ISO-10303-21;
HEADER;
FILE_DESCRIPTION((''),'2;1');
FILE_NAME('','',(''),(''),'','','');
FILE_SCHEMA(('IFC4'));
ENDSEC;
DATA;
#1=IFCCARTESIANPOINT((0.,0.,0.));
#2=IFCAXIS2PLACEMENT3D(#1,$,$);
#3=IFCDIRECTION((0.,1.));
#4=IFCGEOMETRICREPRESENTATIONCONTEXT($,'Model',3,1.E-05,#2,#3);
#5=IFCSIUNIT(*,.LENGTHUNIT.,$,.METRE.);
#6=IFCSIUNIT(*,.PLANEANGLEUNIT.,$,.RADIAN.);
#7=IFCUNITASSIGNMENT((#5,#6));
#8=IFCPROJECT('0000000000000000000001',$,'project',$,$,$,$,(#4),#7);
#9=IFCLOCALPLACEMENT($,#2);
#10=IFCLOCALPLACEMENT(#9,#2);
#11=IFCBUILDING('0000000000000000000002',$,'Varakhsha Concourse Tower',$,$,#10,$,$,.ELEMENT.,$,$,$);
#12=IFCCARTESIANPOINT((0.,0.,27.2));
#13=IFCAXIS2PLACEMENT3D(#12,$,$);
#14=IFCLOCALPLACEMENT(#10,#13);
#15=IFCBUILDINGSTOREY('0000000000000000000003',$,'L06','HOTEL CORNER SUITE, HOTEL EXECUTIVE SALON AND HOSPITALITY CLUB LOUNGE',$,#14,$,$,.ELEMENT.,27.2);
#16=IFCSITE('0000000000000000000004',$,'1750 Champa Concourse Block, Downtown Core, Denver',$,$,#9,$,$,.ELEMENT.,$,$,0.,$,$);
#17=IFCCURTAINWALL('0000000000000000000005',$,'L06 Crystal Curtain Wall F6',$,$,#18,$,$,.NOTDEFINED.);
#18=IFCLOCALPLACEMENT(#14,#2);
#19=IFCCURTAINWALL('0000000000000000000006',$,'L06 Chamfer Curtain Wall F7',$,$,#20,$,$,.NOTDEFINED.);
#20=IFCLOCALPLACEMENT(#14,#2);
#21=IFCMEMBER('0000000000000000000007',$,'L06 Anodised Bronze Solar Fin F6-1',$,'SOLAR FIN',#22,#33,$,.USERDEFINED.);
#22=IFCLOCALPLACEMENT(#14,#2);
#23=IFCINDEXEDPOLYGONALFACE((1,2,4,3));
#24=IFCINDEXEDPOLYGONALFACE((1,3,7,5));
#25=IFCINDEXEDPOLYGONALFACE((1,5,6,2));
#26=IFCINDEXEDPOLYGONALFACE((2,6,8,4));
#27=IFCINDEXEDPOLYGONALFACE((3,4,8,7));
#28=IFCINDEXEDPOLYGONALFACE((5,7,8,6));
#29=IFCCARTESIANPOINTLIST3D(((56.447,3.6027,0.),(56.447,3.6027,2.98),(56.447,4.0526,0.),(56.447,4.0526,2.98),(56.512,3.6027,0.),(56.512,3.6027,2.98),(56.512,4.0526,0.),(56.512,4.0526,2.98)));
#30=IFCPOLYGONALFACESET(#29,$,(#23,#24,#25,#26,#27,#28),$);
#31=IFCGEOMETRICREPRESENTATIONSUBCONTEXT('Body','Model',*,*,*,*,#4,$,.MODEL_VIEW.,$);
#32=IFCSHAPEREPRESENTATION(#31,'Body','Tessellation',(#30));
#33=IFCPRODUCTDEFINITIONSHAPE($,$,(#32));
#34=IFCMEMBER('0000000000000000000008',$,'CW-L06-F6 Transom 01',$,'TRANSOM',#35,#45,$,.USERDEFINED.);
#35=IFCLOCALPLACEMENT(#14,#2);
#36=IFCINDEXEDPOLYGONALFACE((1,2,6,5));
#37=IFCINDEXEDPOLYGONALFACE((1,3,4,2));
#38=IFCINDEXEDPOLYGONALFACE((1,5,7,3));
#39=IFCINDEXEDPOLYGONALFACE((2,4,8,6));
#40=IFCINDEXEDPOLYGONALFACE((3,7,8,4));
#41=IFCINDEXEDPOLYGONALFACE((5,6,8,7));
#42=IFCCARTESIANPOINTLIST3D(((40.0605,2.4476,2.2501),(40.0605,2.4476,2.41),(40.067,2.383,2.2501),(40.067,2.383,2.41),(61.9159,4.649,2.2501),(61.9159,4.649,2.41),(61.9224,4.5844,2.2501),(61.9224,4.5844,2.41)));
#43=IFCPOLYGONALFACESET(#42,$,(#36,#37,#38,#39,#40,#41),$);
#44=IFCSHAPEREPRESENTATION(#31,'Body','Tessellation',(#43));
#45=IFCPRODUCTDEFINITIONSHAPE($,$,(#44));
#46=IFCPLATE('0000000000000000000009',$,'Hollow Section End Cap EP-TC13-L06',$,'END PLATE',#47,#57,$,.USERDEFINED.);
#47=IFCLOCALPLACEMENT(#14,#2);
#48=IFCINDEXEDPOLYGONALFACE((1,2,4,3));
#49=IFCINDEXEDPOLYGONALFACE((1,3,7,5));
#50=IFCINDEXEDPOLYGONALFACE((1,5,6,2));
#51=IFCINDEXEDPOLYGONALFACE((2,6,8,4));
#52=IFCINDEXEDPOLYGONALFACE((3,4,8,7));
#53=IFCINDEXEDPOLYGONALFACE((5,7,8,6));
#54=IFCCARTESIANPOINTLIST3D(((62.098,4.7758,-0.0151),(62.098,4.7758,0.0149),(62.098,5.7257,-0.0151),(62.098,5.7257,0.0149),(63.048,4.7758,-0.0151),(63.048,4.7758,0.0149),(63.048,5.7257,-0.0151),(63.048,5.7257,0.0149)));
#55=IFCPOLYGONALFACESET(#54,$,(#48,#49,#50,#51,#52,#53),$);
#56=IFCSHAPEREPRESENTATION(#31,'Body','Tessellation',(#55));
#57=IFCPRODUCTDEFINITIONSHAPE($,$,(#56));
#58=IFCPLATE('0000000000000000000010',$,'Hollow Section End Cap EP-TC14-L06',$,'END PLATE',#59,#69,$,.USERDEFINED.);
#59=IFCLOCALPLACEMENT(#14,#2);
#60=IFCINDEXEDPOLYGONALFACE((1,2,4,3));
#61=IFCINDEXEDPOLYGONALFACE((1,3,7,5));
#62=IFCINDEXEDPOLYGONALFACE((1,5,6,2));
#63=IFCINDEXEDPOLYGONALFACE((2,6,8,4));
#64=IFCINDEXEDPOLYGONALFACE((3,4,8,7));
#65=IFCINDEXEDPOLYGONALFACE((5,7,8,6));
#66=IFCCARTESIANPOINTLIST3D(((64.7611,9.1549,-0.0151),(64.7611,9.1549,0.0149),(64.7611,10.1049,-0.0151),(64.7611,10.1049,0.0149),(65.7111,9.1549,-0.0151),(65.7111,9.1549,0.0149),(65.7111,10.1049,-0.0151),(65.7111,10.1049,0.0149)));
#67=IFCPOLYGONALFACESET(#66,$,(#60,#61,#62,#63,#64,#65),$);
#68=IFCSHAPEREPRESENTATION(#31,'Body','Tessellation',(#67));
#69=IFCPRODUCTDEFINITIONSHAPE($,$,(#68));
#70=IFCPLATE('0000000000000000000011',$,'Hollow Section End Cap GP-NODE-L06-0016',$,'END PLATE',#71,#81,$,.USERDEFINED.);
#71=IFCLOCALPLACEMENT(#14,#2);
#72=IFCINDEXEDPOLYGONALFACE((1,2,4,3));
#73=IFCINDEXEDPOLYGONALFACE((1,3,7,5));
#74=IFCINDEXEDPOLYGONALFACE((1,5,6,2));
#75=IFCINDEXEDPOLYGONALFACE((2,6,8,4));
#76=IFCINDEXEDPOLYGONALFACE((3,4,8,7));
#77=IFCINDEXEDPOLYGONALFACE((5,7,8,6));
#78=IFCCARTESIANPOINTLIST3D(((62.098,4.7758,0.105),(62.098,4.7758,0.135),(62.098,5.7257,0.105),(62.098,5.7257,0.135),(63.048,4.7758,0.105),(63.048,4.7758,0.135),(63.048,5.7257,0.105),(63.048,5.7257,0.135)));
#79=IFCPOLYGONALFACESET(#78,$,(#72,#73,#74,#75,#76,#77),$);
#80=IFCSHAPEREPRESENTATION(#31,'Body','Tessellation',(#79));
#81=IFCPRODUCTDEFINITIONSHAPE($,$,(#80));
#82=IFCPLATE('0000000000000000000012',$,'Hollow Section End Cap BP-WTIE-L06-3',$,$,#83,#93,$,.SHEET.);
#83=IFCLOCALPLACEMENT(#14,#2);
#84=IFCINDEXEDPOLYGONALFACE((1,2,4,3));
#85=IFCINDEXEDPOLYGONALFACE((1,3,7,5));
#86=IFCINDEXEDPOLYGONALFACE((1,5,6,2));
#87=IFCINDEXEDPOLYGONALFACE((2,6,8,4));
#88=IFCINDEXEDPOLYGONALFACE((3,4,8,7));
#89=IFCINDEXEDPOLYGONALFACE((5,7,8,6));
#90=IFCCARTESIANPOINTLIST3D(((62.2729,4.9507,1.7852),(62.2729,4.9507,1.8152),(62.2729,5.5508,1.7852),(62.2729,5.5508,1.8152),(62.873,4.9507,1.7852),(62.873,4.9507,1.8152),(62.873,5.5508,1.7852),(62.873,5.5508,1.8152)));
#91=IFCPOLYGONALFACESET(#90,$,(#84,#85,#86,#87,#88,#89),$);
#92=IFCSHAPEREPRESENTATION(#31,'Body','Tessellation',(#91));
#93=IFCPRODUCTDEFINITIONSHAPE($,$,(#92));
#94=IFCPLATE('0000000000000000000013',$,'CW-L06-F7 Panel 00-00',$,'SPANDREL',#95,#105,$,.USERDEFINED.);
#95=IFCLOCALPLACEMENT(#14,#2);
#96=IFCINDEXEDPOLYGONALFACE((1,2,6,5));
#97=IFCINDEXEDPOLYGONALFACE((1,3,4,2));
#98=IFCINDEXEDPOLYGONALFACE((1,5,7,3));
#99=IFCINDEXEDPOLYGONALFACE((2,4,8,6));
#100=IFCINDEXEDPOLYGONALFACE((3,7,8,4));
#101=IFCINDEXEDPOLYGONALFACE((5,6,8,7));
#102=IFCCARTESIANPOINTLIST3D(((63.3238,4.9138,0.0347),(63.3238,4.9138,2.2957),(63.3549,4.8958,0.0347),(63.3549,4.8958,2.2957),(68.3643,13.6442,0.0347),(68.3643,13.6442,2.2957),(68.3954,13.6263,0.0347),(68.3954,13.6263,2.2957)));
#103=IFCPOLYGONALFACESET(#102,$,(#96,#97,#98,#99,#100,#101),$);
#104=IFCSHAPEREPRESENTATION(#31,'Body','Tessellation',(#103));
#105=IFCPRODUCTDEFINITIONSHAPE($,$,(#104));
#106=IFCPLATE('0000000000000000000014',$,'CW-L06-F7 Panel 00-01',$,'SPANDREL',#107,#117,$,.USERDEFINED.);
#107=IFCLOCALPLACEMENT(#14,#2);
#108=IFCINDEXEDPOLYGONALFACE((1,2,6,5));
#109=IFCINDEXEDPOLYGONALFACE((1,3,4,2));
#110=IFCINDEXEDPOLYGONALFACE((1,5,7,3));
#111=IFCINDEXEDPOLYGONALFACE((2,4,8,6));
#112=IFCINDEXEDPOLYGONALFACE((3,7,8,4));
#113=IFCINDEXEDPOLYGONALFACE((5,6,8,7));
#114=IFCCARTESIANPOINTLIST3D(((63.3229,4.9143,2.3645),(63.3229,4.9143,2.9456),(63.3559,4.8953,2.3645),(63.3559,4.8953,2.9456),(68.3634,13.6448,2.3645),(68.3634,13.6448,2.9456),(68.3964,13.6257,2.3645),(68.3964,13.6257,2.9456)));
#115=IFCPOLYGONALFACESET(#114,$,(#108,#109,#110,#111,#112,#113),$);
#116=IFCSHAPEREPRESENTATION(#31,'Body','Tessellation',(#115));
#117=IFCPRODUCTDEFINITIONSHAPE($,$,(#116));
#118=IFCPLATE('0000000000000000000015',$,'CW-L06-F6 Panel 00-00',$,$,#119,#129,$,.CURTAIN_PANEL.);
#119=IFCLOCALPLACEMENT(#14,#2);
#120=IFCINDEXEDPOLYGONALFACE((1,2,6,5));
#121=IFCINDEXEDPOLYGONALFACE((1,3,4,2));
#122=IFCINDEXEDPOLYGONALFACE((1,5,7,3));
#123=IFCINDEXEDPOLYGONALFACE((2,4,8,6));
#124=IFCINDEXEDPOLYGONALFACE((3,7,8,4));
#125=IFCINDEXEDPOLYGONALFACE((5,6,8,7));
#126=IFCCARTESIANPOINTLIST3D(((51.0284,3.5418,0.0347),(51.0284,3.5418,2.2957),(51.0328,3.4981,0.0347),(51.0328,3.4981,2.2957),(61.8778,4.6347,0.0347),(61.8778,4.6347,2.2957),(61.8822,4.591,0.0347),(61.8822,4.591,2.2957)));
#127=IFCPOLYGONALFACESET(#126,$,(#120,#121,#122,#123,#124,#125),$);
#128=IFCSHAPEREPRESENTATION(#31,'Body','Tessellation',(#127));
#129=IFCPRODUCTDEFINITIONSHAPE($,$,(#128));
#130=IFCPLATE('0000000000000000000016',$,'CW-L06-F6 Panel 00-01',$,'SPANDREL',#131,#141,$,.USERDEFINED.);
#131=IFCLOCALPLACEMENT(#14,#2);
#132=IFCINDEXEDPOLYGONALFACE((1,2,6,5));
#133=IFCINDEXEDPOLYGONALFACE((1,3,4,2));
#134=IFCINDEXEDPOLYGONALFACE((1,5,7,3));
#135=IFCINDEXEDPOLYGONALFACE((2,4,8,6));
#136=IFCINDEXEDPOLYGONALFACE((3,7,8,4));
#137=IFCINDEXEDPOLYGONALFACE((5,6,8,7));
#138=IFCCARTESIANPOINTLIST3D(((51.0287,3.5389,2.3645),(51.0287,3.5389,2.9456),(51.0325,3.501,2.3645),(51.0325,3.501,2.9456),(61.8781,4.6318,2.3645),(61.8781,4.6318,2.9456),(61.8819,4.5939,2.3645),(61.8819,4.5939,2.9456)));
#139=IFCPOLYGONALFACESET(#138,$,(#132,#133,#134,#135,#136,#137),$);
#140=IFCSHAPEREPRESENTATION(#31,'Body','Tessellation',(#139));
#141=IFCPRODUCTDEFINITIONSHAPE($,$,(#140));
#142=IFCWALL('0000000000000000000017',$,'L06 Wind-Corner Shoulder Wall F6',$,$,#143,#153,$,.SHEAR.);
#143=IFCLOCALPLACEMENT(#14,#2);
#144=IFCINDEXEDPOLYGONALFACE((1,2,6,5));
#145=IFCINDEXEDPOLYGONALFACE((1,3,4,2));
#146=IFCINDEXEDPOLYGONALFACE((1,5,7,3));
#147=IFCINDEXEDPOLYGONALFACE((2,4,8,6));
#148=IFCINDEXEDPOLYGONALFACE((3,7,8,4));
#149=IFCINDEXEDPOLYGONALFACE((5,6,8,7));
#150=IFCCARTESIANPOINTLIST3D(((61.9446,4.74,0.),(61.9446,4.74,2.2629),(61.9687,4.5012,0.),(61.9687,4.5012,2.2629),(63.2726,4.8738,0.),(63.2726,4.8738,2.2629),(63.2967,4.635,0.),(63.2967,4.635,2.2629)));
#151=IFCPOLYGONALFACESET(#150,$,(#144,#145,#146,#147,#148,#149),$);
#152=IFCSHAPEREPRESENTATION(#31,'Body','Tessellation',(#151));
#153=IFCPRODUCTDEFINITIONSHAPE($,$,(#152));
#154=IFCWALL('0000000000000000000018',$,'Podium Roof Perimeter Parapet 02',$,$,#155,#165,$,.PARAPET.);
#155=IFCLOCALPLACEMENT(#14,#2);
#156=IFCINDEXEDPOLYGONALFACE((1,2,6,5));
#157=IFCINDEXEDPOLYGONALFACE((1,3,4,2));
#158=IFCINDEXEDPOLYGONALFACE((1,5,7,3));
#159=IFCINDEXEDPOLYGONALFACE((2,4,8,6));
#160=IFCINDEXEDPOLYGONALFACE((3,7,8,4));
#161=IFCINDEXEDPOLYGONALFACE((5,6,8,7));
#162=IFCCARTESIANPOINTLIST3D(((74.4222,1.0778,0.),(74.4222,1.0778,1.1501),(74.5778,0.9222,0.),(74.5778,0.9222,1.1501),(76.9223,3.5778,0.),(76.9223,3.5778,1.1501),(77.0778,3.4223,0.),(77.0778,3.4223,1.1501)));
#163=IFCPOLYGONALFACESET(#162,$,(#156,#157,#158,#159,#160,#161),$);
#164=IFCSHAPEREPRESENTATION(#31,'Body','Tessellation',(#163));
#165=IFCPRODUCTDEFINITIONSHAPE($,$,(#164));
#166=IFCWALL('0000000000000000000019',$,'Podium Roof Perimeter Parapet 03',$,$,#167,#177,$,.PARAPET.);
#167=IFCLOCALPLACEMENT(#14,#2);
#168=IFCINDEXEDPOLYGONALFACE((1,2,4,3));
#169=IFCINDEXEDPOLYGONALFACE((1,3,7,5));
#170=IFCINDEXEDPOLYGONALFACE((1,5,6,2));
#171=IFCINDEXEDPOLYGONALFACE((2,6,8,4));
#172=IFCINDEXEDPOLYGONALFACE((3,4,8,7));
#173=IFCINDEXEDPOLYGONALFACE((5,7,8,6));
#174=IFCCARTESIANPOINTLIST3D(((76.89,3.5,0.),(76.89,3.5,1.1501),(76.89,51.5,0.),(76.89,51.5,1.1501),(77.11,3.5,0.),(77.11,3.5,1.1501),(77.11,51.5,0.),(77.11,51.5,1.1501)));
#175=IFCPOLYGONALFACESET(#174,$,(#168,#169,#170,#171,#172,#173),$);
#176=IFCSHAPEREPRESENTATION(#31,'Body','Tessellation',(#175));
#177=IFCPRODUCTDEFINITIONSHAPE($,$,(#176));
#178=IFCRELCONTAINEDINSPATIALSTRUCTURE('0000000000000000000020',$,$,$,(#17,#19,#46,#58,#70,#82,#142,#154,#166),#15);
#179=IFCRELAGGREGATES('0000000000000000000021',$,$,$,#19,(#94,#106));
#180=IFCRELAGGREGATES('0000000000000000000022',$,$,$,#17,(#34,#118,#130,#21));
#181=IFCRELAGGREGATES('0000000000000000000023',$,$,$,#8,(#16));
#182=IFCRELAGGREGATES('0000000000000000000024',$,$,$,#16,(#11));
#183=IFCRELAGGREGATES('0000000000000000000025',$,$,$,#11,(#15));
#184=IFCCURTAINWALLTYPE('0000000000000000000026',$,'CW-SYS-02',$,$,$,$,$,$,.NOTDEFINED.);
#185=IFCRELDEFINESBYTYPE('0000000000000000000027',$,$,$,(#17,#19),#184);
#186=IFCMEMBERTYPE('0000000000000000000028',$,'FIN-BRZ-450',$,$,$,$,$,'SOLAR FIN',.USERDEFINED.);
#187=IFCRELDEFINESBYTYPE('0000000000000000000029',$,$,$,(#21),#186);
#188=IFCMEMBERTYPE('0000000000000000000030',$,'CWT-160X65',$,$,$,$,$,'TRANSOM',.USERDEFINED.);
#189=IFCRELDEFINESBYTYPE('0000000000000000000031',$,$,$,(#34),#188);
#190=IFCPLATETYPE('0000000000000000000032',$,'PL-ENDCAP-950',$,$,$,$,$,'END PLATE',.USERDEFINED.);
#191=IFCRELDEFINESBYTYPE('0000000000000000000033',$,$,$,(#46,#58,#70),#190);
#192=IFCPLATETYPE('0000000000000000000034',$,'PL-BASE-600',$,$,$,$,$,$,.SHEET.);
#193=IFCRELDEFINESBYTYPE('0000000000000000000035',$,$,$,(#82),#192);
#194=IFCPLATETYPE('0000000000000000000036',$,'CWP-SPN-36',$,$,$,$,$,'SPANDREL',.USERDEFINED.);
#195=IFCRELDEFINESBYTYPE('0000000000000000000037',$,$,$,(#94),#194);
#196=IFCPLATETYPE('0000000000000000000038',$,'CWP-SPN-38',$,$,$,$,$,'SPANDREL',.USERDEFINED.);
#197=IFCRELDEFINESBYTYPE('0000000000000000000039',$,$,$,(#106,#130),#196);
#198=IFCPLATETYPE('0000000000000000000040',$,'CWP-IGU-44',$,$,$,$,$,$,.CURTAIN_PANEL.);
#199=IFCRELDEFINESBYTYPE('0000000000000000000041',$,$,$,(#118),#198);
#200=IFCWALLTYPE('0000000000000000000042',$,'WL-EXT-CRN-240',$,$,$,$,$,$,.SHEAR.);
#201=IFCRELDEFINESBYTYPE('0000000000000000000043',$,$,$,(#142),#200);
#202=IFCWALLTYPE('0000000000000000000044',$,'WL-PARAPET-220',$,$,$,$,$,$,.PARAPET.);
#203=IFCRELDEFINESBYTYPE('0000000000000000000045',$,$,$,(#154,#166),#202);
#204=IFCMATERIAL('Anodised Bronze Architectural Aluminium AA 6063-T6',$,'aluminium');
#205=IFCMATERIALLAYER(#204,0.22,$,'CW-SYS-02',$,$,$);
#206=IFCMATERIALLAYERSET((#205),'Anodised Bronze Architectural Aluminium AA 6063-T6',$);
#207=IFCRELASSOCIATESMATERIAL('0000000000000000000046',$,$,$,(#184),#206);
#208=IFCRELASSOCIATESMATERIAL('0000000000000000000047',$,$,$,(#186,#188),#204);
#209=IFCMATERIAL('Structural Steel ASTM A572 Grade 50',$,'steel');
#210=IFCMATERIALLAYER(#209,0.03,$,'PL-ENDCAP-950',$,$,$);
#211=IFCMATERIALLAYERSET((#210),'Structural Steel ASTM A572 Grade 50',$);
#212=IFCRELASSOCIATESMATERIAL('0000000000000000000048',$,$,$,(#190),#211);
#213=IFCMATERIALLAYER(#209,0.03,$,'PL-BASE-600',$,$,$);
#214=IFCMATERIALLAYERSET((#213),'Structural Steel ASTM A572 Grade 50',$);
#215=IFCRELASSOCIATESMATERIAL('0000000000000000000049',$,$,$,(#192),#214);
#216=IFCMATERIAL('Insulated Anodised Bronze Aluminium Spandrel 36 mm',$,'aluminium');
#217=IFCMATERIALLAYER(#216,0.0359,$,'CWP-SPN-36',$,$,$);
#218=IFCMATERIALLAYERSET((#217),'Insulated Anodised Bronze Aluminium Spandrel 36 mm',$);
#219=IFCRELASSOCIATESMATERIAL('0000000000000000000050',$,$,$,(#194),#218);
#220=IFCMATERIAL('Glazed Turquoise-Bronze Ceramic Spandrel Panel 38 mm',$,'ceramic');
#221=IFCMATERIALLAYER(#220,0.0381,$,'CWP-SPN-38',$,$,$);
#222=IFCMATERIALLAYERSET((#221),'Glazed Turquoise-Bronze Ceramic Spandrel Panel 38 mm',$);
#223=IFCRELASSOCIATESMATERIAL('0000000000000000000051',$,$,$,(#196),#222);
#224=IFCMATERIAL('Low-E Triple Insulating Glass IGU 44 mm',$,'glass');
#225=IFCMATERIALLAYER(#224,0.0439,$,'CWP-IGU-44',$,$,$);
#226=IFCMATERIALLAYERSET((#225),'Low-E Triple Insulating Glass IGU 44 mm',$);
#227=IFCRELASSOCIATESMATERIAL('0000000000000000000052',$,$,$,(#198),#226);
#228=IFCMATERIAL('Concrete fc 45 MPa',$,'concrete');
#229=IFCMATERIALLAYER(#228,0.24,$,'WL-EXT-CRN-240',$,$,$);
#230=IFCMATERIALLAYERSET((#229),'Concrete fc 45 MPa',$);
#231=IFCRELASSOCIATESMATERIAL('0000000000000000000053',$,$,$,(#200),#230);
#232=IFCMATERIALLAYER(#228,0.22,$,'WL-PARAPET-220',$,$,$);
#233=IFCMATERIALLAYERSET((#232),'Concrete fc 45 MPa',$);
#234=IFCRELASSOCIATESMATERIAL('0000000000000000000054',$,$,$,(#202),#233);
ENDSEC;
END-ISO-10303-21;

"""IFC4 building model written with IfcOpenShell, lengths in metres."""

from ifc_helpers import new_model, si_unit, direction, frame, frame_2d, origin, origin_2d, place, context, subcontext, project, spatial, rectangle, extrude, source, transform, mapped, material, layer, layer_set, material_profile, profile_set, type_object, type_shapes, element, aggregate, save


model = new_model("IFC4")

# Units and contexts
model_context = context("Model", 3, precision=1e-05, world=origin(), true_north=direction((0.0, 1.0)))
body_context = subcontext(model_context, "Body", "Model", "MODEL_VIEW")
ifc_project = project(units=[si_unit("LENGTHUNIT", "METRE"), si_unit("PLANEANGLEUNIT", "RADIAN")], contexts=[model_context])

# Site, building, storey
site_placement = place(None, origin())
site = spatial("IfcSite", under=ifc_project, at=site_placement, Name="1750 Champa Concourse Block, Downtown Core, Denver", CompositionType="ELEMENT", RefElevation=0.0)
building_placement = place(site_placement, origin())
building = spatial("IfcBuilding", under=site, at=building_placement, Name="Varakhsha Concourse Tower", CompositionType="ELEMENT")
storey_placement = place(building_placement, frame((0.0, 0.0, 27.2)))
storey = spatial("IfcBuildingStorey", under=building, at=storey_placement, Name="L06", Description="HOTEL CORNER SUITE, HOTEL EXECUTIVE SALON AND HOSPITALITY CLUB LOUNGE", CompositionType="ELEMENT", Elevation=27.2)

# Shared definitions
ifc_material_1 = material(Name="Structural Steel ASTM A572 Grade 50", Category="steel")

# Curtain walls
ifc_material_2 = material(Name="Anodised Bronze Architectural Aluminium AA 6063-T6", Category="aluminium")
ifc_layer_1 = layer(ifc_material_2, 0.22, Name="CW-SYS-02")
ifc_layer_set_1 = layer_set([ifc_layer_1], Name="Anodised Bronze Architectural Aluminium AA 6063-T6")
curtain_wall_type = type_object("IfcCurtainWallType", Name="CW-SYS-02", PredefinedType="NOTDEFINED", material=ifc_layer_set_1)
curtain_wall_1_placement = place(storey_placement, origin())
curtain_wall_1 = element("IfcCurtainWall", 1, at=curtain_wall_1_placement, inside=storey, type_object=curtain_wall_type, Name="L06 Crystal Curtain Wall F6", PredefinedType="NOTDEFINED")
curtain_wall_2_placement = place(storey_placement, origin())
curtain_wall_2 = element("IfcCurtainWall", 2, at=curtain_wall_2_placement, inside=storey, type_object=curtain_wall_type, Name="L06 Chamfer Curtain Wall F7", PredefinedType="NOTDEFINED")

# Members
ifc_material_profile_1 = material_profile(ifc_material_2, rectangle(XDim=0.0649, YDim=0.45, at=origin_2d()), Name="FIN-BRZ-450")
ifc_profile_set_1 = profile_set([ifc_material_profile_1], Name="Anodised Bronze Architectural Aluminium AA 6063-T6")
member_type_1 = type_object("IfcMemberType", Name="FIN-BRZ-450", ElementType="SOLAR FIN", PredefinedType="USERDEFINED", material=ifc_profile_set_1)
shared_shape_1 = source(origin(), body_context, "Body", "SweptSolid", [
    extrude(rectangle(XDim=0.0649, YDim=0.45, at=origin_2d()), origin(), (0.0, 0.0, 1.0), 2.98),
])
type_shapes(member_type_1, [shared_shape_1])
member_1_placement = place(storey_placement, frame((56.4795, 3.8276, 0.0), z_axis=(0.0, 0.0, 1.0), x_axis=(1.0, 0.0, 0.0)))
member_1 = element("IfcMember", 3, at=member_1_placement, type_object=member_type_1, Name="L06 Anodised Bronze Solar Fin F6-1", ObjectType="SOLAR FIN", PredefinedType="USERDEFINED", context=body_context, shape_type="MappedRepresentation", body=[
    mapped(shared_shape_1, transform((0.0, 0.0, 0.0), scale=1.0)),
])
ifc_material_profile_2 = material_profile(ifc_material_2, rectangle(XDim=0.0649, YDim=0.1599, at=origin_2d()), Name="CWT-160X65")
ifc_profile_set_2 = profile_set([ifc_material_profile_2], Name="Anodised Bronze Architectural Aluminium AA 6063-T6")
member_type_2 = type_object("IfcMemberType", Name="CWT-160X65", ElementType="TRANSOM", PredefinedType="USERDEFINED", material=ifc_profile_set_2)
shared_shape_2 = source(origin(), body_context, "Body", "SweptSolid", [
    extrude(rectangle(XDim=0.0649, YDim=0.1599, at=origin_2d()), origin(), (0.0, 0.0, 1.0), 21.9661),
])
type_shapes(member_type_2, [shared_shape_2])
member_2_placement = place(storey_placement, frame((61.9192, 4.6167, 2.3301), z_axis=(-0.994965, -0.100219, 0.0), x_axis=(0.100219, -0.994965, 0.0)))
member_2 = element("IfcMember", 4, at=member_2_placement, type_object=member_type_2, Name="CW-L06-F6 Transom 01", ObjectType="TRANSOM", PredefinedType="USERDEFINED", context=body_context, shape_type="MappedRepresentation", body=[
    mapped(shared_shape_2, transform((0.0, 0.0, 0.0), scale=1.0)),
])

# Plates
ifc_layer_2 = layer(ifc_material_1, 0.03, Name="PL-ENDCAP-950")
ifc_layer_set_2 = layer_set([ifc_layer_2], Name="Structural Steel ASTM A572 Grade 50")
plate_type_1 = type_object("IfcPlateType", Name="PL-ENDCAP-950", ElementType="END PLATE", PredefinedType="USERDEFINED", material=ifc_layer_set_2)
shared_shape_3 = source(origin(), body_context, "Body", "SweptSolid", [
    extrude(rectangle(XDim=0.95, YDim=0.95, at=origin_2d()), origin(), (0.0, 0.0, 1.0), 0.03),
])
type_shapes(plate_type_1, [shared_shape_3])
for number, where, z_axis, x_axis, name in (
    (5, (62.573, 5.2507, -0.0151), (0.0, 0.0, 1.0), (1.0, 0.0, 0.0), "Hollow Section End Cap EP-TC13-L06"),
    (6, (65.2361, 9.6299, -0.0151), (0.0, 0.0, 1.0), (1.0, 0.0, 0.0), "Hollow Section End Cap EP-TC14-L06"),
    (7, (62.573, 5.2507, 0.105), (0.0, 0.0, 1.0), (1.0, 0.0, 0.0), "Hollow Section End Cap GP-NODE-L06-0016"),
):
    element("IfcPlate", number, at=place(storey_placement, frame(where, z_axis=z_axis, x_axis=x_axis)), inside=storey, type_object=plate_type_1, Name=name, ObjectType="END PLATE", PredefinedType="USERDEFINED", context=body_context, shape_type="MappedRepresentation", body=[
        mapped(shared_shape_3, transform((0.0, 0.0, 0.0), scale=1.0)),
    ])
ifc_layer_3 = layer(ifc_material_1, 0.03, Name="PL-BASE-600")
ifc_layer_set_3 = layer_set([ifc_layer_3], Name="Structural Steel ASTM A572 Grade 50")
plate_type_2 = type_object("IfcPlateType", Name="PL-BASE-600", PredefinedType="SHEET", material=ifc_layer_set_3)
shared_shape_4 = source(origin(), body_context, "Body", "SweptSolid", [
    extrude(rectangle(XDim=0.6001, YDim=0.6001, at=origin_2d()), origin(), (0.0, 0.0, 1.0), 0.03),
])
type_shapes(plate_type_2, [shared_shape_4])
plate_1_placement = place(storey_placement, frame((62.573, 5.2507, 1.7852), z_axis=(0.0, 0.0, 1.0), x_axis=(1.0, 0.0, 0.0)))
element("IfcPlate", 8, at=plate_1_placement, inside=storey, type_object=plate_type_2, Name="Hollow Section End Cap BP-WTIE-L06-3", PredefinedType="SHEET", context=body_context, shape_type="MappedRepresentation", body=[
    mapped(shared_shape_4, transform((0.0, 0.0, 0.0), scale=1.0)),
])

# Plates
ifc_material_3 = material(Name="Insulated Anodised Bronze Aluminium Spandrel 36 mm", Category="aluminium")
ifc_layer_4 = layer(ifc_material_3, 0.0359, Name="CWP-SPN-36")
ifc_layer_set_4 = layer_set([ifc_layer_4], Name="Insulated Anodised Bronze Aluminium Spandrel 36 mm")
plate_type_3 = type_object("IfcPlateType", Name="CWP-SPN-36", ElementType="SPANDREL", PredefinedType="USERDEFINED", material=ifc_layer_set_4)
shared_shape_5 = source(origin(), body_context, "Body", "SweptSolid", [
    extrude(rectangle(XDim=10.0811, YDim=0.0359, at=origin_2d()), origin(), (0.0, 0.0, 1.0), 2.261),
])
type_shapes(plate_type_3, [shared_shape_5])
plate_2_placement = place(storey_placement, frame((65.8596, 9.27, 0.0347), z_axis=(0.0, 0.0, 1.0), x_axis=(-0.499997, -0.866027, 0.0)))
plate_2 = element("IfcPlate", 9, at=plate_2_placement, type_object=plate_type_3, Name="CW-L06-F7 Panel 00-00", ObjectType="SPANDREL", PredefinedType="USERDEFINED", context=body_context, shape_type="MappedRepresentation", body=[
    mapped(shared_shape_5, transform((0.0, 0.0, 0.0), scale=1.0)),
])
ifc_material_4 = material(Name="Glazed Turquoise-Bronze Ceramic Spandrel Panel 38 mm", Category="ceramic")
ifc_layer_5 = layer(ifc_material_4, 0.0381, Name="CWP-SPN-38")
ifc_layer_set_5 = layer_set([ifc_layer_5], Name="Glazed Turquoise-Bronze Ceramic Spandrel Panel 38 mm")
plate_type_4 = type_object("IfcPlateType", Name="CWP-SPN-38", ElementType="SPANDREL", PredefinedType="USERDEFINED", material=ifc_layer_set_5)
shared_shape_6 = source(origin(), body_context, "Body", "SweptSolid", [
    extrude(rectangle(XDim=10.0811, YDim=0.0381, at=origin_2d()), origin(), (0.0, 0.0, 1.0), 0.5811),
])
plate_3_placement = place(storey_placement, frame((65.8596, 9.27, 2.3645), z_axis=(0.0, 0.0, 1.0), x_axis=(-0.499997, -0.866027, 0.0)))
plate_3 = element("IfcPlate", 10, at=plate_3_placement, type_object=plate_type_4, Name="CW-L06-F7 Panel 00-01", ObjectType="SPANDREL", PredefinedType="USERDEFINED", context=body_context, shape_type="MappedRepresentation", body=[
    mapped(shared_shape_6, transform((0.0, 0.0, 0.0), scale=1.0)),
])
aggregate(curtain_wall_2, [plate_2, plate_3])
ifc_material_5 = material(Name="Low-E Triple Insulating Glass IGU 44 mm", Category="glass")
ifc_layer_6 = layer(ifc_material_5, 0.0439, Name="CWP-IGU-44")
ifc_layer_set_6 = layer_set([ifc_layer_6], Name="Low-E Triple Insulating Glass IGU 44 mm")
plate_type_5 = type_object("IfcPlateType", Name="CWP-IGU-44", PredefinedType="CURTAIN_PANEL", material=ifc_layer_set_6)
shared_shape_7 = source(origin(), body_context, "Body", "SweptSolid", [
    extrude(rectangle(XDim=10.9043, YDim=0.0439, at=origin_2d()), origin(), (0.0, 0.0, 1.0), 2.261),
])
type_shapes(plate_type_5, [shared_shape_7])
plate_4_placement = place(storey_placement, frame((56.4553, 4.0664, 0.0347), z_axis=(0.0, 0.0, 1.0), x_axis=(-0.994965, -0.100226, 0.0)))
plate_4 = element("IfcPlate", 11, at=plate_4_placement, type_object=plate_type_5, Name="CW-L06-F6 Panel 00-00", PredefinedType="CURTAIN_PANEL", context=body_context, shape_type="MappedRepresentation", body=[
    mapped(shared_shape_7, transform((0.0, 0.0, 0.0), scale=1.0)),
])
shared_shape_8 = source(origin(), body_context, "Body", "SweptSolid", [
    extrude(rectangle(XDim=10.9043, YDim=0.0381, at=origin_2d()), origin(), (0.0, 0.0, 1.0), 0.5811),
])
type_shapes(plate_type_4, [shared_shape_6, shared_shape_8])
plate_5_placement = place(storey_placement, frame((56.4553, 4.0664, 2.3645), z_axis=(0.0, 0.0, 1.0), x_axis=(-0.994965, -0.100226, 0.0)))
plate_5 = element("IfcPlate", 12, at=plate_5_placement, type_object=plate_type_4, Name="CW-L06-F6 Panel 00-01", ObjectType="SPANDREL", PredefinedType="USERDEFINED", context=body_context, shape_type="MappedRepresentation", body=[
    mapped(shared_shape_8, transform((0.0, 0.0, 0.0), scale=1.0)),
])
aggregate(curtain_wall_1, [member_2, plate_4, plate_5, member_1])

# Walls
ifc_material_6 = material(Name="Concrete fc 45 MPa", Category="concrete")
ifc_layer_7 = layer(ifc_material_6, 0.24, Name="WL-EXT-CRN-240")
ifc_layer_set_7 = layer_set([ifc_layer_7], Name="Concrete fc 45 MPa")
wall_type_1 = type_object("IfcWallType", Name="WL-EXT-CRN-240", PredefinedType="SHEAR", material=ifc_layer_set_7)
wall_1_placement = place(storey_placement, frame((61.9565, 4.6206, 0.0), z_axis=(0.0, 0.0, 1.0), x_axis=(0.994963, 0.100246, 0.0)))
element("IfcWall", 13, at=wall_1_placement, inside=storey, type_object=wall_type_1, Name="L06 Wind-Corner Shoulder Wall F6", PredefinedType="SHEAR", context=body_context, shape_type="SweptSolid", body=[
    extrude(rectangle(XDim=1.3347, YDim=0.24, at=frame_2d((0.6675, 0.0))), origin(), (0.0, 0.0, 1.0), 2.2629),
])
ifc_layer_8 = layer(ifc_material_6, 0.22, Name="WL-PARAPET-220")
ifc_layer_set_8 = layer_set([ifc_layer_8], Name="Concrete fc 45 MPa")
wall_type_2 = type_object("IfcWallType", Name="WL-PARAPET-220", PredefinedType="PARAPET", material=ifc_layer_set_8)
wall_2_placement = place(storey_placement, frame((74.5, 1.0, 0.0), z_axis=(0.0, 0.0, 1.0), x_axis=(0.707107, 0.707107, 0.0)))
element("IfcWall", 14, at=wall_2_placement, inside=storey, type_object=wall_type_2, Name="Podium Roof Perimeter Parapet 02", PredefinedType="PARAPET", context=body_context, shape_type="SweptSolid", body=[
    extrude(rectangle(XDim=3.5356, YDim=0.22, at=frame_2d((1.7678, 0.0))), origin(), (0.0, 0.0, 1.0), 1.1501),
])
wall_3_placement = place(storey_placement, frame((77.0, 3.5, 0.0), z_axis=(0.0, 0.0, 1.0), x_axis=(0.0, 1.0, 0.0)))
element("IfcWall", 15, at=wall_3_placement, inside=storey, type_object=wall_type_2, Name="Podium Roof Perimeter Parapet 03", PredefinedType="PARAPET", context=body_context, shape_type="SweptSolid", body=[
    extrude(rectangle(XDim=48.0, YDim=0.22, at=frame_2d((24.0, 0.0))), origin(), (0.0, 0.0, 1.0), 1.1501),
])

save(model, "model.ifc")
